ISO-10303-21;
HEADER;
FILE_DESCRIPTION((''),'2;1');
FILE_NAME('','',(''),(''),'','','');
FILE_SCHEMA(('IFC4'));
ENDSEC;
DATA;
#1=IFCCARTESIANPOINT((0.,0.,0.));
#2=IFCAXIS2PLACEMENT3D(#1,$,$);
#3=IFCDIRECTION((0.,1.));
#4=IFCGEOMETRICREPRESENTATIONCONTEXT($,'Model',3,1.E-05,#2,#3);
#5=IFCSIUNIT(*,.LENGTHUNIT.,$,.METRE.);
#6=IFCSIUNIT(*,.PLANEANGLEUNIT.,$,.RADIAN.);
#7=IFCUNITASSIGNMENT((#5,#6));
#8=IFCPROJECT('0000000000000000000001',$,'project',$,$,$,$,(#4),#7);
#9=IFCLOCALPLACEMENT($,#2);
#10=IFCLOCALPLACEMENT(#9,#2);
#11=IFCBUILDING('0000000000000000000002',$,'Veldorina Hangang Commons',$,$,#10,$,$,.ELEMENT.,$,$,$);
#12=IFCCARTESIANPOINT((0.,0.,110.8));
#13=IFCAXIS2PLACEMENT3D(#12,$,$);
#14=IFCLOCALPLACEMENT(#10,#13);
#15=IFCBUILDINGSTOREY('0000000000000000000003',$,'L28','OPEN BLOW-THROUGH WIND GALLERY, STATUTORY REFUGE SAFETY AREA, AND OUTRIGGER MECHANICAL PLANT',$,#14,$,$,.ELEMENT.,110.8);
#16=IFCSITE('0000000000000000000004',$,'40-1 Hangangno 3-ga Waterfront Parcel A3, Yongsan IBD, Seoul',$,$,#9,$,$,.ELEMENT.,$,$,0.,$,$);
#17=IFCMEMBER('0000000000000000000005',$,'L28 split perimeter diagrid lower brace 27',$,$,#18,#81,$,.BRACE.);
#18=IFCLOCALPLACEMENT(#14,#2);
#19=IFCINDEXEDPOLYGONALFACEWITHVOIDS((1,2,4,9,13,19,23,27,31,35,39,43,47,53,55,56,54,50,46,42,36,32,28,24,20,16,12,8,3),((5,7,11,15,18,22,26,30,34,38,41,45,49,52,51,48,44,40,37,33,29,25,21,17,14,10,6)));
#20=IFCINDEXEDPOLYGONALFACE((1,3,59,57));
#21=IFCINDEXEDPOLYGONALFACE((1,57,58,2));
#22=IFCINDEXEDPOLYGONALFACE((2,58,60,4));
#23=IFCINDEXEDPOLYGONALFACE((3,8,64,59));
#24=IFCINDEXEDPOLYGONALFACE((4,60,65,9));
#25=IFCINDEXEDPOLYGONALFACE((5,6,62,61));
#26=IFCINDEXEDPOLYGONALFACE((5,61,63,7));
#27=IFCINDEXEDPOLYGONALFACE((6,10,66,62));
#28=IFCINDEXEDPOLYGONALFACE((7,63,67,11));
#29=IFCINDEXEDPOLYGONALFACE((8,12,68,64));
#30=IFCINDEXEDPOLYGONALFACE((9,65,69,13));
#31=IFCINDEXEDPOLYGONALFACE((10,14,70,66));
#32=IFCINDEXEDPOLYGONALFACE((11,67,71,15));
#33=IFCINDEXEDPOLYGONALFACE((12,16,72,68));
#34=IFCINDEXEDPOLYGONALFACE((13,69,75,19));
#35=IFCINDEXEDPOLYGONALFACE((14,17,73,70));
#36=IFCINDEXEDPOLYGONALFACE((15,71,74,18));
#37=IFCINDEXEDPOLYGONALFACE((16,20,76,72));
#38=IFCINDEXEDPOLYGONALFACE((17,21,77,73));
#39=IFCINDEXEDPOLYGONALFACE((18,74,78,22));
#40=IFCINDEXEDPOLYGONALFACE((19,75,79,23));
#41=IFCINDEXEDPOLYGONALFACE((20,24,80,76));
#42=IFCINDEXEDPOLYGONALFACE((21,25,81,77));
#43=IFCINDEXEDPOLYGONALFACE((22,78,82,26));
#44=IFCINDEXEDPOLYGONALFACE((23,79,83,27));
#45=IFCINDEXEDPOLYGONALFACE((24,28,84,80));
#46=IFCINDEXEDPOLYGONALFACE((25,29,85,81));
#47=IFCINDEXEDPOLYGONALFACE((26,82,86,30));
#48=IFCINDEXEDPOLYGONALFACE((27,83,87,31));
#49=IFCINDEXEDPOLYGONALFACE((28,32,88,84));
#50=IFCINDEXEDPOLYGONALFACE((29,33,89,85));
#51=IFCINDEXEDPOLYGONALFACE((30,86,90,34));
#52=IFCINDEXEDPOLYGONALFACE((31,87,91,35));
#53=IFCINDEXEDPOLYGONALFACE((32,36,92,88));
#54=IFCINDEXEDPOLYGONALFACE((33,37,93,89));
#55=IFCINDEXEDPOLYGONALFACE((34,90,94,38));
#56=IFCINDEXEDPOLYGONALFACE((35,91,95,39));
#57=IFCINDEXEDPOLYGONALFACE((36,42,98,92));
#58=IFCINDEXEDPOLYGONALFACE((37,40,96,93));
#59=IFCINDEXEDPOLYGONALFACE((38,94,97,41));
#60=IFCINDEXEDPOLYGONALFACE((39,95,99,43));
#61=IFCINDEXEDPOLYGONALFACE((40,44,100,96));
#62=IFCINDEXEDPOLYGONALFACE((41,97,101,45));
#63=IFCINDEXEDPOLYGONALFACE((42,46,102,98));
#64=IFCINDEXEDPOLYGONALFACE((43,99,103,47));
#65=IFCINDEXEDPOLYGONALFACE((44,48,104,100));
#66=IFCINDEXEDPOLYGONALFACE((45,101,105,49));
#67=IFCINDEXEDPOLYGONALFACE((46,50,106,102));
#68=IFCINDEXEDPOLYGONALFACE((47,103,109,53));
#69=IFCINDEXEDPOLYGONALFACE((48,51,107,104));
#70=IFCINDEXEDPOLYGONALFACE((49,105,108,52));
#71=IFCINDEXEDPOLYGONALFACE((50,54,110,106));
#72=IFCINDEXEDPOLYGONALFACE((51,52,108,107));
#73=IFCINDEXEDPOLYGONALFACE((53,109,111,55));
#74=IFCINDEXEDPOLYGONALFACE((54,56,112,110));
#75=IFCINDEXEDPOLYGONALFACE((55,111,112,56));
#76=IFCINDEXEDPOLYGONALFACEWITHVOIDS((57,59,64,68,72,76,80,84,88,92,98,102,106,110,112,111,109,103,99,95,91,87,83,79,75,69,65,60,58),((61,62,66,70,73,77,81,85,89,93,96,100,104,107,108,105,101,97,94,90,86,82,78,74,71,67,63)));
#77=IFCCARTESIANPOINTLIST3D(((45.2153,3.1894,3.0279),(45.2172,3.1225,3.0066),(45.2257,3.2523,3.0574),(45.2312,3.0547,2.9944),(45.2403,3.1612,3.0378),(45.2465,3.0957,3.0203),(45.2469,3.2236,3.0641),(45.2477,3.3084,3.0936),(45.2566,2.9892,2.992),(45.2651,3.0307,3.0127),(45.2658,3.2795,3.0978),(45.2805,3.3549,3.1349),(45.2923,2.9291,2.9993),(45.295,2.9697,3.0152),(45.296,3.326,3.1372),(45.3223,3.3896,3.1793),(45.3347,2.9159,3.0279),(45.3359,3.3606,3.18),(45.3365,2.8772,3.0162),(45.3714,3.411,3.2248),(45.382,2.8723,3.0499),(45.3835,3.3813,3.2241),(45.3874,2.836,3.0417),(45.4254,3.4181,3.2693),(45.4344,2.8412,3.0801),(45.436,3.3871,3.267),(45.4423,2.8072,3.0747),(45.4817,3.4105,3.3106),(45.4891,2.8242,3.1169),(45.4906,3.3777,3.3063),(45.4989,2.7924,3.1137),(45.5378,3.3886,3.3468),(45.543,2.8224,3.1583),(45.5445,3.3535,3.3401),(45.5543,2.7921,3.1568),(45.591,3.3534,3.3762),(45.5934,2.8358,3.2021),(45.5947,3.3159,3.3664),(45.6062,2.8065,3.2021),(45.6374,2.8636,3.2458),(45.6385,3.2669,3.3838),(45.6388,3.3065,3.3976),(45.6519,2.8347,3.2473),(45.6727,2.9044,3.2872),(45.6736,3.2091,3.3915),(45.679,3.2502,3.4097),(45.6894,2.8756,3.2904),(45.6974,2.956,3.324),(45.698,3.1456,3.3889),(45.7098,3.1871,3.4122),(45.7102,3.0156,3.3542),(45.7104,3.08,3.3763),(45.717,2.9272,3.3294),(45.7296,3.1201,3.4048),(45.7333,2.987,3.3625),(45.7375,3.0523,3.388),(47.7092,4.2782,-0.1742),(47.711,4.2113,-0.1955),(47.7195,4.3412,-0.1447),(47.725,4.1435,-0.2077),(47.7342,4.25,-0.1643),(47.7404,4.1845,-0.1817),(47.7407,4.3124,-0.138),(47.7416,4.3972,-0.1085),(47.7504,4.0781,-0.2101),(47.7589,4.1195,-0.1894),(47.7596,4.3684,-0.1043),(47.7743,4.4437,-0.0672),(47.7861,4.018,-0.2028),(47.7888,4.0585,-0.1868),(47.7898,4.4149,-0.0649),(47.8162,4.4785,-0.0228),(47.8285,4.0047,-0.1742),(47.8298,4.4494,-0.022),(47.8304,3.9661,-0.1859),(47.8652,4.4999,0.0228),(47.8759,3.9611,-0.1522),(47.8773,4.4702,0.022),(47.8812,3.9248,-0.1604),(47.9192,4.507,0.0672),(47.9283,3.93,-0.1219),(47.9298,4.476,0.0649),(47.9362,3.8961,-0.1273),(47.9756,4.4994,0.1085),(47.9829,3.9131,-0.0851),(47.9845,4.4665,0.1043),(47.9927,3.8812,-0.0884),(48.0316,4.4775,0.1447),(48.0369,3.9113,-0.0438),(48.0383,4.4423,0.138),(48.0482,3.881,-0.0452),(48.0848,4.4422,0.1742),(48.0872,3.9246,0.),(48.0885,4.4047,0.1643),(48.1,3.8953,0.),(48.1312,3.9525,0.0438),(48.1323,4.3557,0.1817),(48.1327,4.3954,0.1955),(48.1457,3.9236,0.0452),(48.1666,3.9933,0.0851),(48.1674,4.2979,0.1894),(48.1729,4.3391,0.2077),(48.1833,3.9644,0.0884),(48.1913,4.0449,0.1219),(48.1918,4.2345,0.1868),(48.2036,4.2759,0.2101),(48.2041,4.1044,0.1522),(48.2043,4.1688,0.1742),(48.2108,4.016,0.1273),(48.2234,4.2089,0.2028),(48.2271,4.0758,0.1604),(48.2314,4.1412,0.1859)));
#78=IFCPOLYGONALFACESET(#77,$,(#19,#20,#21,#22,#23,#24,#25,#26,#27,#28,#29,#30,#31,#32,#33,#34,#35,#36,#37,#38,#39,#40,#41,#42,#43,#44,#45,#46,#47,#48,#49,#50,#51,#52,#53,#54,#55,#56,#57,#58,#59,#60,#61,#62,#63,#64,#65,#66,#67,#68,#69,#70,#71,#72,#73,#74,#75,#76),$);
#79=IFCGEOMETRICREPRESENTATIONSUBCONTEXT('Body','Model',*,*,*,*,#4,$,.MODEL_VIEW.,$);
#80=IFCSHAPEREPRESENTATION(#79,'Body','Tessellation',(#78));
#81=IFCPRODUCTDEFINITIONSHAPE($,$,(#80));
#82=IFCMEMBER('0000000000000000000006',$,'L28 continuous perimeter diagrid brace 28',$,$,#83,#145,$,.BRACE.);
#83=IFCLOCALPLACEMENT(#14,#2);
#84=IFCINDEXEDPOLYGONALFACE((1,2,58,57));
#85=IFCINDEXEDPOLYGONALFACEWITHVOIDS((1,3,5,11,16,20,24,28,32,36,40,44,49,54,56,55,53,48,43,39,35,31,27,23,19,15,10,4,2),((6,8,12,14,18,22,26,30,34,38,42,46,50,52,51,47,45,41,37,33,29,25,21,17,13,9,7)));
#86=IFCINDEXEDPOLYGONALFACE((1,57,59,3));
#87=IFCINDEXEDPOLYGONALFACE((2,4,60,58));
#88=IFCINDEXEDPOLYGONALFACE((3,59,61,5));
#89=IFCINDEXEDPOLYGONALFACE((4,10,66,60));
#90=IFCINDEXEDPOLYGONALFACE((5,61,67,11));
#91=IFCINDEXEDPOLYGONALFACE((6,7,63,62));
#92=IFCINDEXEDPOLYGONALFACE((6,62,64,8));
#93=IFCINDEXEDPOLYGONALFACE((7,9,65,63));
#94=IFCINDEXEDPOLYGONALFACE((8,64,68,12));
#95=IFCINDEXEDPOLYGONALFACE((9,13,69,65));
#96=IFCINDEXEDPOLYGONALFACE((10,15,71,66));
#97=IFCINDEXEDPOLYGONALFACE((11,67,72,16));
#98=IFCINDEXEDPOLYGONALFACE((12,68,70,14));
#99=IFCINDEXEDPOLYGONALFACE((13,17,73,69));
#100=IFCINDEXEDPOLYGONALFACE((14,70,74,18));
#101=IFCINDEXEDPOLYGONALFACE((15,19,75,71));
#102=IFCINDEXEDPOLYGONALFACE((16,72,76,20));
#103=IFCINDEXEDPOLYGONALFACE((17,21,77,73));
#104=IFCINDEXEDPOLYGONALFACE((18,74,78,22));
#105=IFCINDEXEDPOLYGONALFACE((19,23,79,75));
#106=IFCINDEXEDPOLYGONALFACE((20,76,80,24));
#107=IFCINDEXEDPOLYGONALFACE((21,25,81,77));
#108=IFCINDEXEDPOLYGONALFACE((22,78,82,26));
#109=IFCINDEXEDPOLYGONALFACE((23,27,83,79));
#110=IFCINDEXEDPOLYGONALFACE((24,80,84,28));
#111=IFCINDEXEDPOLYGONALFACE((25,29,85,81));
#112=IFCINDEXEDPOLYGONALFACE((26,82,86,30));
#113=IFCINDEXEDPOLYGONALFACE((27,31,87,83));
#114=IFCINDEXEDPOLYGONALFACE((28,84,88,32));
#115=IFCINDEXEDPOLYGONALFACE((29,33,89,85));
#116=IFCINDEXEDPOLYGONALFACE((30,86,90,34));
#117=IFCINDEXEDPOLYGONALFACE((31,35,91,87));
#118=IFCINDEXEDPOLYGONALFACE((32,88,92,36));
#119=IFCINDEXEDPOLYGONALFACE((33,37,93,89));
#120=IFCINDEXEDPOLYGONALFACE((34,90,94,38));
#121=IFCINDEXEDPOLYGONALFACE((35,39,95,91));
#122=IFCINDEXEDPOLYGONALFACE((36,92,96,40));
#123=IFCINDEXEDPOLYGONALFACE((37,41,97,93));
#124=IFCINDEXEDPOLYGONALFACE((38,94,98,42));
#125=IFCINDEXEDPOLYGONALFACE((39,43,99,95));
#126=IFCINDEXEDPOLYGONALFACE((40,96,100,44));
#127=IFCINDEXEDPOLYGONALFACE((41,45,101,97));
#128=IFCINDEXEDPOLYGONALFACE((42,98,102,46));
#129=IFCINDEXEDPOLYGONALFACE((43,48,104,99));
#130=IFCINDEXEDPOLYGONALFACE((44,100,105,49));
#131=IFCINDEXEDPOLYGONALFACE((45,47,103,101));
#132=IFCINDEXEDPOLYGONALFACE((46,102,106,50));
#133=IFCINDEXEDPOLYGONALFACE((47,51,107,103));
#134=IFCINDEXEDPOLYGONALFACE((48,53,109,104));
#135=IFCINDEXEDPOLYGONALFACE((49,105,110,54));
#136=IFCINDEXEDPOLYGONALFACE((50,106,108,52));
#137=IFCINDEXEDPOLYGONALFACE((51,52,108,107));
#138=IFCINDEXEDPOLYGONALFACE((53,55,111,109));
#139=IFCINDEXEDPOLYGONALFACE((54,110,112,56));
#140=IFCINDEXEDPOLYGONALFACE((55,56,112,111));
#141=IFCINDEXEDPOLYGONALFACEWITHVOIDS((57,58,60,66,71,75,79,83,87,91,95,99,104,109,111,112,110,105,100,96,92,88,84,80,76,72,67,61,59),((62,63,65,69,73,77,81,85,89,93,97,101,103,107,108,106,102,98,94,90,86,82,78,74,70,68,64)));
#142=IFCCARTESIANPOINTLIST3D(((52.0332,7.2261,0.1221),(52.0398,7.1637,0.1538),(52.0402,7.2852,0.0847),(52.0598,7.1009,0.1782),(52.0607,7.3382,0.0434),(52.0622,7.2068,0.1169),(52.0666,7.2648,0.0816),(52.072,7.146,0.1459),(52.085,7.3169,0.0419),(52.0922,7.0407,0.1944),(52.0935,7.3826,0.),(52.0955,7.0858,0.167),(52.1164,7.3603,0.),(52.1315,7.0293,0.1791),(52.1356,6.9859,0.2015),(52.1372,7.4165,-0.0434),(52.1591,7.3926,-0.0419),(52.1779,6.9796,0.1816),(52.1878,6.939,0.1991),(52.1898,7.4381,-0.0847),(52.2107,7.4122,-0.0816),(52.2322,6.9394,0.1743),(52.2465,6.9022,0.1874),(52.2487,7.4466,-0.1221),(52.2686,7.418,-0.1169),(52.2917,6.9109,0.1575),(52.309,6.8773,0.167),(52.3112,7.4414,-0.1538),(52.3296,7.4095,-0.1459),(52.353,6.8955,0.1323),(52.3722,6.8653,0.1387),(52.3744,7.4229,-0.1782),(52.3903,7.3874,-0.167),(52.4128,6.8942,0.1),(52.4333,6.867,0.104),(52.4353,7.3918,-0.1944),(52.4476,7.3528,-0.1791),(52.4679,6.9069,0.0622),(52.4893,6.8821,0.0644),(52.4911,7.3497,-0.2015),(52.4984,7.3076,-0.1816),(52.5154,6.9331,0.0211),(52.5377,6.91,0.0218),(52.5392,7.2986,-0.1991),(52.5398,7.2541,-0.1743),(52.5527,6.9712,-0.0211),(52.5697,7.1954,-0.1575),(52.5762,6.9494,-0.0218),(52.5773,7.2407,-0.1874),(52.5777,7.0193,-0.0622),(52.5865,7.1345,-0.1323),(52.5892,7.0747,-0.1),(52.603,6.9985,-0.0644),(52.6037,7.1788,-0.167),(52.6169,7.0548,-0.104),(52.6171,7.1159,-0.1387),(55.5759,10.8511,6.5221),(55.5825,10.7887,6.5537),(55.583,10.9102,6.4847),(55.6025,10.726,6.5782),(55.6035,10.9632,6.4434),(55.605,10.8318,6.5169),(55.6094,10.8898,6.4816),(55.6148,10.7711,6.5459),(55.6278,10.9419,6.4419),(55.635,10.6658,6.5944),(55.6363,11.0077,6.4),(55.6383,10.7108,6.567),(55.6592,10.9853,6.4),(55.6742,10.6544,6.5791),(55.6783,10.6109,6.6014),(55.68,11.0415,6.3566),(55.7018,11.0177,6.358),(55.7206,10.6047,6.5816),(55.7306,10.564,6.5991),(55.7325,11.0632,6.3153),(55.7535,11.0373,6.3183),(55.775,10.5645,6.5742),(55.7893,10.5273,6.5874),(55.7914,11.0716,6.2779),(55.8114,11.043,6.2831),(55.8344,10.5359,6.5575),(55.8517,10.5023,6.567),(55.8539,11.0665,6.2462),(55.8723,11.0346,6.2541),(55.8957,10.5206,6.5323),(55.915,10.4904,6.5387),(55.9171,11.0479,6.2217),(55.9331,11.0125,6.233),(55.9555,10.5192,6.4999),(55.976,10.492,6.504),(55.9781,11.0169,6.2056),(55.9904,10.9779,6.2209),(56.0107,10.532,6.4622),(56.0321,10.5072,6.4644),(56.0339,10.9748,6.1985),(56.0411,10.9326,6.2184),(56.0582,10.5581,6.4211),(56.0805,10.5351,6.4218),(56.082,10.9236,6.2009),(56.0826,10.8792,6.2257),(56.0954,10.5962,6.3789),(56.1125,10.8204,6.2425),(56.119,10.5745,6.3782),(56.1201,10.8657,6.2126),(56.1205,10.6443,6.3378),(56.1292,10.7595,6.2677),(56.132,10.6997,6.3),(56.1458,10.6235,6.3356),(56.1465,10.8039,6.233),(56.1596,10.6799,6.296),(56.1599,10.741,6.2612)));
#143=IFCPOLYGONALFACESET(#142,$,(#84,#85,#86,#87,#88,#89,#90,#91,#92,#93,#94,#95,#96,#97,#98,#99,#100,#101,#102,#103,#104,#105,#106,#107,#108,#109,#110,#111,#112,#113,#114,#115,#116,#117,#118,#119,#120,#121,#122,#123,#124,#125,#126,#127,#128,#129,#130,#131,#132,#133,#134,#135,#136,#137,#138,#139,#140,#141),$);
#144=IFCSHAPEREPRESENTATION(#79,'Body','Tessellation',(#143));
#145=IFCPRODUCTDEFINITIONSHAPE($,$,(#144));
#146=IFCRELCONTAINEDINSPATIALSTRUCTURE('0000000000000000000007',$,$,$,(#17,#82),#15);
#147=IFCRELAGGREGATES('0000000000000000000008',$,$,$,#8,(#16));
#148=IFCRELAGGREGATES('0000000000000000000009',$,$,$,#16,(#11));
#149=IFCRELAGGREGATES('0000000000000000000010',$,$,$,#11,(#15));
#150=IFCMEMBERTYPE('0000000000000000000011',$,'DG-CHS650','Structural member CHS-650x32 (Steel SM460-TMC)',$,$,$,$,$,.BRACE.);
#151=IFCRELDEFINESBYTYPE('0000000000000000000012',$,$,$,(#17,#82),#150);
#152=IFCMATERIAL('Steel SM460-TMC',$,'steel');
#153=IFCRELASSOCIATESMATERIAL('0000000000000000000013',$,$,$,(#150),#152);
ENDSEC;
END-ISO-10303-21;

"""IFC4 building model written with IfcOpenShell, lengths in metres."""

from ifc_helpers import new_model, si_unit, direction, frame, origin, origin_2d, place, context, subcontext, project, spatial, hollow_circle, extrude, material, material_profile, profile_set, type_object, element, save


model = new_model("IFC4")

# Units and contexts
model_context = context("Model", 3, precision=1e-05, world=origin(), true_north=direction((0.0, 1.0)))
body_context = subcontext(model_context, "Body", "Model", "MODEL_VIEW")
ifc_project = project(units=[si_unit("LENGTHUNIT", "METRE"), si_unit("PLANEANGLEUNIT", "RADIAN")], contexts=[model_context])

# Site, building, storey
site_placement = place(None, origin())
site = spatial("IfcSite", under=ifc_project, at=site_placement, Name="40-1 Hangangno 3-ga Waterfront Parcel A3, Yongsan IBD, Seoul", CompositionType="ELEMENT", RefElevation=0.0)
building_placement = place(site_placement, origin())
building = spatial("IfcBuilding", under=site, at=building_placement, Name="Veldorina Hangang Commons", CompositionType="ELEMENT")
storey_placement = place(building_placement, frame((0.0, 0.0, 110.8)))
storey = spatial("IfcBuildingStorey", under=building, at=storey_placement, Name="L28", Description="OPEN BLOW-THROUGH WIND GALLERY, STATUTORY REFUGE SAFETY AREA, AND OUTRIGGER MECHANICAL PLANT", CompositionType="ELEMENT", Elevation=110.8)

# Shared definitions
ifc_material_1 = material(Name="Steel SM460-TMC", Category="steel")

# Members
ifc_material_profile_1 = material_profile(ifc_material_1, hollow_circle(Radius=0.325, WallThickness=0.032, at=origin_2d()), Name="CHS-650x32")
ifc_profile_set_1 = profile_set([ifc_material_profile_1], Name="Steel SM460-TMC")
member_type_1 = type_object("IfcMemberType", Name="DG-CHS650", Description="Structural member CHS-650x32 (Steel SM460-TMC)", PredefinedType="BRACE", material=ifc_profile_set_1)
member_1_placement = place(storey_placement, frame((47.97, 4.1931, 0.0), z_axis=(-0.593467, -0.259115, 0.762008), x_axis=(0.400136, -0.916456, 0.0)))
element("IfcMember", 1, at=member_1_placement, inside=storey, type_object=member_type_1, Name="L28 split perimeter diagrid lower brace 27", PredefinedType="BRACE", context=body_context, shape_type="SweptSolid", body=[
    extrude(hollow_circle(Radius=0.325, WallThickness=0.032, at=origin_2d()), origin(), (0.0, 0.0, 1.0), 4.2021),
])
member_2_placement = place(storey_placement, frame((52.3259, 7.1555, 0.0), z_axis=(0.433947, 0.444025, 0.783921), x_axis=(-0.715176, 0.698944, 0.0)))
element("IfcMember", 2, at=member_2_placement, inside=storey, type_object=member_type_1, Name="L28 continuous perimeter diagrid brace 28", PredefinedType="BRACE", context=body_context, shape_type="SweptSolid", body=[
    extrude(hollow_circle(Radius=0.325, WallThickness=0.032, at=origin_2d()), origin(), (0.0, 0.0, 1.0), 8.1641),
])

save(model, "model.ifc")
